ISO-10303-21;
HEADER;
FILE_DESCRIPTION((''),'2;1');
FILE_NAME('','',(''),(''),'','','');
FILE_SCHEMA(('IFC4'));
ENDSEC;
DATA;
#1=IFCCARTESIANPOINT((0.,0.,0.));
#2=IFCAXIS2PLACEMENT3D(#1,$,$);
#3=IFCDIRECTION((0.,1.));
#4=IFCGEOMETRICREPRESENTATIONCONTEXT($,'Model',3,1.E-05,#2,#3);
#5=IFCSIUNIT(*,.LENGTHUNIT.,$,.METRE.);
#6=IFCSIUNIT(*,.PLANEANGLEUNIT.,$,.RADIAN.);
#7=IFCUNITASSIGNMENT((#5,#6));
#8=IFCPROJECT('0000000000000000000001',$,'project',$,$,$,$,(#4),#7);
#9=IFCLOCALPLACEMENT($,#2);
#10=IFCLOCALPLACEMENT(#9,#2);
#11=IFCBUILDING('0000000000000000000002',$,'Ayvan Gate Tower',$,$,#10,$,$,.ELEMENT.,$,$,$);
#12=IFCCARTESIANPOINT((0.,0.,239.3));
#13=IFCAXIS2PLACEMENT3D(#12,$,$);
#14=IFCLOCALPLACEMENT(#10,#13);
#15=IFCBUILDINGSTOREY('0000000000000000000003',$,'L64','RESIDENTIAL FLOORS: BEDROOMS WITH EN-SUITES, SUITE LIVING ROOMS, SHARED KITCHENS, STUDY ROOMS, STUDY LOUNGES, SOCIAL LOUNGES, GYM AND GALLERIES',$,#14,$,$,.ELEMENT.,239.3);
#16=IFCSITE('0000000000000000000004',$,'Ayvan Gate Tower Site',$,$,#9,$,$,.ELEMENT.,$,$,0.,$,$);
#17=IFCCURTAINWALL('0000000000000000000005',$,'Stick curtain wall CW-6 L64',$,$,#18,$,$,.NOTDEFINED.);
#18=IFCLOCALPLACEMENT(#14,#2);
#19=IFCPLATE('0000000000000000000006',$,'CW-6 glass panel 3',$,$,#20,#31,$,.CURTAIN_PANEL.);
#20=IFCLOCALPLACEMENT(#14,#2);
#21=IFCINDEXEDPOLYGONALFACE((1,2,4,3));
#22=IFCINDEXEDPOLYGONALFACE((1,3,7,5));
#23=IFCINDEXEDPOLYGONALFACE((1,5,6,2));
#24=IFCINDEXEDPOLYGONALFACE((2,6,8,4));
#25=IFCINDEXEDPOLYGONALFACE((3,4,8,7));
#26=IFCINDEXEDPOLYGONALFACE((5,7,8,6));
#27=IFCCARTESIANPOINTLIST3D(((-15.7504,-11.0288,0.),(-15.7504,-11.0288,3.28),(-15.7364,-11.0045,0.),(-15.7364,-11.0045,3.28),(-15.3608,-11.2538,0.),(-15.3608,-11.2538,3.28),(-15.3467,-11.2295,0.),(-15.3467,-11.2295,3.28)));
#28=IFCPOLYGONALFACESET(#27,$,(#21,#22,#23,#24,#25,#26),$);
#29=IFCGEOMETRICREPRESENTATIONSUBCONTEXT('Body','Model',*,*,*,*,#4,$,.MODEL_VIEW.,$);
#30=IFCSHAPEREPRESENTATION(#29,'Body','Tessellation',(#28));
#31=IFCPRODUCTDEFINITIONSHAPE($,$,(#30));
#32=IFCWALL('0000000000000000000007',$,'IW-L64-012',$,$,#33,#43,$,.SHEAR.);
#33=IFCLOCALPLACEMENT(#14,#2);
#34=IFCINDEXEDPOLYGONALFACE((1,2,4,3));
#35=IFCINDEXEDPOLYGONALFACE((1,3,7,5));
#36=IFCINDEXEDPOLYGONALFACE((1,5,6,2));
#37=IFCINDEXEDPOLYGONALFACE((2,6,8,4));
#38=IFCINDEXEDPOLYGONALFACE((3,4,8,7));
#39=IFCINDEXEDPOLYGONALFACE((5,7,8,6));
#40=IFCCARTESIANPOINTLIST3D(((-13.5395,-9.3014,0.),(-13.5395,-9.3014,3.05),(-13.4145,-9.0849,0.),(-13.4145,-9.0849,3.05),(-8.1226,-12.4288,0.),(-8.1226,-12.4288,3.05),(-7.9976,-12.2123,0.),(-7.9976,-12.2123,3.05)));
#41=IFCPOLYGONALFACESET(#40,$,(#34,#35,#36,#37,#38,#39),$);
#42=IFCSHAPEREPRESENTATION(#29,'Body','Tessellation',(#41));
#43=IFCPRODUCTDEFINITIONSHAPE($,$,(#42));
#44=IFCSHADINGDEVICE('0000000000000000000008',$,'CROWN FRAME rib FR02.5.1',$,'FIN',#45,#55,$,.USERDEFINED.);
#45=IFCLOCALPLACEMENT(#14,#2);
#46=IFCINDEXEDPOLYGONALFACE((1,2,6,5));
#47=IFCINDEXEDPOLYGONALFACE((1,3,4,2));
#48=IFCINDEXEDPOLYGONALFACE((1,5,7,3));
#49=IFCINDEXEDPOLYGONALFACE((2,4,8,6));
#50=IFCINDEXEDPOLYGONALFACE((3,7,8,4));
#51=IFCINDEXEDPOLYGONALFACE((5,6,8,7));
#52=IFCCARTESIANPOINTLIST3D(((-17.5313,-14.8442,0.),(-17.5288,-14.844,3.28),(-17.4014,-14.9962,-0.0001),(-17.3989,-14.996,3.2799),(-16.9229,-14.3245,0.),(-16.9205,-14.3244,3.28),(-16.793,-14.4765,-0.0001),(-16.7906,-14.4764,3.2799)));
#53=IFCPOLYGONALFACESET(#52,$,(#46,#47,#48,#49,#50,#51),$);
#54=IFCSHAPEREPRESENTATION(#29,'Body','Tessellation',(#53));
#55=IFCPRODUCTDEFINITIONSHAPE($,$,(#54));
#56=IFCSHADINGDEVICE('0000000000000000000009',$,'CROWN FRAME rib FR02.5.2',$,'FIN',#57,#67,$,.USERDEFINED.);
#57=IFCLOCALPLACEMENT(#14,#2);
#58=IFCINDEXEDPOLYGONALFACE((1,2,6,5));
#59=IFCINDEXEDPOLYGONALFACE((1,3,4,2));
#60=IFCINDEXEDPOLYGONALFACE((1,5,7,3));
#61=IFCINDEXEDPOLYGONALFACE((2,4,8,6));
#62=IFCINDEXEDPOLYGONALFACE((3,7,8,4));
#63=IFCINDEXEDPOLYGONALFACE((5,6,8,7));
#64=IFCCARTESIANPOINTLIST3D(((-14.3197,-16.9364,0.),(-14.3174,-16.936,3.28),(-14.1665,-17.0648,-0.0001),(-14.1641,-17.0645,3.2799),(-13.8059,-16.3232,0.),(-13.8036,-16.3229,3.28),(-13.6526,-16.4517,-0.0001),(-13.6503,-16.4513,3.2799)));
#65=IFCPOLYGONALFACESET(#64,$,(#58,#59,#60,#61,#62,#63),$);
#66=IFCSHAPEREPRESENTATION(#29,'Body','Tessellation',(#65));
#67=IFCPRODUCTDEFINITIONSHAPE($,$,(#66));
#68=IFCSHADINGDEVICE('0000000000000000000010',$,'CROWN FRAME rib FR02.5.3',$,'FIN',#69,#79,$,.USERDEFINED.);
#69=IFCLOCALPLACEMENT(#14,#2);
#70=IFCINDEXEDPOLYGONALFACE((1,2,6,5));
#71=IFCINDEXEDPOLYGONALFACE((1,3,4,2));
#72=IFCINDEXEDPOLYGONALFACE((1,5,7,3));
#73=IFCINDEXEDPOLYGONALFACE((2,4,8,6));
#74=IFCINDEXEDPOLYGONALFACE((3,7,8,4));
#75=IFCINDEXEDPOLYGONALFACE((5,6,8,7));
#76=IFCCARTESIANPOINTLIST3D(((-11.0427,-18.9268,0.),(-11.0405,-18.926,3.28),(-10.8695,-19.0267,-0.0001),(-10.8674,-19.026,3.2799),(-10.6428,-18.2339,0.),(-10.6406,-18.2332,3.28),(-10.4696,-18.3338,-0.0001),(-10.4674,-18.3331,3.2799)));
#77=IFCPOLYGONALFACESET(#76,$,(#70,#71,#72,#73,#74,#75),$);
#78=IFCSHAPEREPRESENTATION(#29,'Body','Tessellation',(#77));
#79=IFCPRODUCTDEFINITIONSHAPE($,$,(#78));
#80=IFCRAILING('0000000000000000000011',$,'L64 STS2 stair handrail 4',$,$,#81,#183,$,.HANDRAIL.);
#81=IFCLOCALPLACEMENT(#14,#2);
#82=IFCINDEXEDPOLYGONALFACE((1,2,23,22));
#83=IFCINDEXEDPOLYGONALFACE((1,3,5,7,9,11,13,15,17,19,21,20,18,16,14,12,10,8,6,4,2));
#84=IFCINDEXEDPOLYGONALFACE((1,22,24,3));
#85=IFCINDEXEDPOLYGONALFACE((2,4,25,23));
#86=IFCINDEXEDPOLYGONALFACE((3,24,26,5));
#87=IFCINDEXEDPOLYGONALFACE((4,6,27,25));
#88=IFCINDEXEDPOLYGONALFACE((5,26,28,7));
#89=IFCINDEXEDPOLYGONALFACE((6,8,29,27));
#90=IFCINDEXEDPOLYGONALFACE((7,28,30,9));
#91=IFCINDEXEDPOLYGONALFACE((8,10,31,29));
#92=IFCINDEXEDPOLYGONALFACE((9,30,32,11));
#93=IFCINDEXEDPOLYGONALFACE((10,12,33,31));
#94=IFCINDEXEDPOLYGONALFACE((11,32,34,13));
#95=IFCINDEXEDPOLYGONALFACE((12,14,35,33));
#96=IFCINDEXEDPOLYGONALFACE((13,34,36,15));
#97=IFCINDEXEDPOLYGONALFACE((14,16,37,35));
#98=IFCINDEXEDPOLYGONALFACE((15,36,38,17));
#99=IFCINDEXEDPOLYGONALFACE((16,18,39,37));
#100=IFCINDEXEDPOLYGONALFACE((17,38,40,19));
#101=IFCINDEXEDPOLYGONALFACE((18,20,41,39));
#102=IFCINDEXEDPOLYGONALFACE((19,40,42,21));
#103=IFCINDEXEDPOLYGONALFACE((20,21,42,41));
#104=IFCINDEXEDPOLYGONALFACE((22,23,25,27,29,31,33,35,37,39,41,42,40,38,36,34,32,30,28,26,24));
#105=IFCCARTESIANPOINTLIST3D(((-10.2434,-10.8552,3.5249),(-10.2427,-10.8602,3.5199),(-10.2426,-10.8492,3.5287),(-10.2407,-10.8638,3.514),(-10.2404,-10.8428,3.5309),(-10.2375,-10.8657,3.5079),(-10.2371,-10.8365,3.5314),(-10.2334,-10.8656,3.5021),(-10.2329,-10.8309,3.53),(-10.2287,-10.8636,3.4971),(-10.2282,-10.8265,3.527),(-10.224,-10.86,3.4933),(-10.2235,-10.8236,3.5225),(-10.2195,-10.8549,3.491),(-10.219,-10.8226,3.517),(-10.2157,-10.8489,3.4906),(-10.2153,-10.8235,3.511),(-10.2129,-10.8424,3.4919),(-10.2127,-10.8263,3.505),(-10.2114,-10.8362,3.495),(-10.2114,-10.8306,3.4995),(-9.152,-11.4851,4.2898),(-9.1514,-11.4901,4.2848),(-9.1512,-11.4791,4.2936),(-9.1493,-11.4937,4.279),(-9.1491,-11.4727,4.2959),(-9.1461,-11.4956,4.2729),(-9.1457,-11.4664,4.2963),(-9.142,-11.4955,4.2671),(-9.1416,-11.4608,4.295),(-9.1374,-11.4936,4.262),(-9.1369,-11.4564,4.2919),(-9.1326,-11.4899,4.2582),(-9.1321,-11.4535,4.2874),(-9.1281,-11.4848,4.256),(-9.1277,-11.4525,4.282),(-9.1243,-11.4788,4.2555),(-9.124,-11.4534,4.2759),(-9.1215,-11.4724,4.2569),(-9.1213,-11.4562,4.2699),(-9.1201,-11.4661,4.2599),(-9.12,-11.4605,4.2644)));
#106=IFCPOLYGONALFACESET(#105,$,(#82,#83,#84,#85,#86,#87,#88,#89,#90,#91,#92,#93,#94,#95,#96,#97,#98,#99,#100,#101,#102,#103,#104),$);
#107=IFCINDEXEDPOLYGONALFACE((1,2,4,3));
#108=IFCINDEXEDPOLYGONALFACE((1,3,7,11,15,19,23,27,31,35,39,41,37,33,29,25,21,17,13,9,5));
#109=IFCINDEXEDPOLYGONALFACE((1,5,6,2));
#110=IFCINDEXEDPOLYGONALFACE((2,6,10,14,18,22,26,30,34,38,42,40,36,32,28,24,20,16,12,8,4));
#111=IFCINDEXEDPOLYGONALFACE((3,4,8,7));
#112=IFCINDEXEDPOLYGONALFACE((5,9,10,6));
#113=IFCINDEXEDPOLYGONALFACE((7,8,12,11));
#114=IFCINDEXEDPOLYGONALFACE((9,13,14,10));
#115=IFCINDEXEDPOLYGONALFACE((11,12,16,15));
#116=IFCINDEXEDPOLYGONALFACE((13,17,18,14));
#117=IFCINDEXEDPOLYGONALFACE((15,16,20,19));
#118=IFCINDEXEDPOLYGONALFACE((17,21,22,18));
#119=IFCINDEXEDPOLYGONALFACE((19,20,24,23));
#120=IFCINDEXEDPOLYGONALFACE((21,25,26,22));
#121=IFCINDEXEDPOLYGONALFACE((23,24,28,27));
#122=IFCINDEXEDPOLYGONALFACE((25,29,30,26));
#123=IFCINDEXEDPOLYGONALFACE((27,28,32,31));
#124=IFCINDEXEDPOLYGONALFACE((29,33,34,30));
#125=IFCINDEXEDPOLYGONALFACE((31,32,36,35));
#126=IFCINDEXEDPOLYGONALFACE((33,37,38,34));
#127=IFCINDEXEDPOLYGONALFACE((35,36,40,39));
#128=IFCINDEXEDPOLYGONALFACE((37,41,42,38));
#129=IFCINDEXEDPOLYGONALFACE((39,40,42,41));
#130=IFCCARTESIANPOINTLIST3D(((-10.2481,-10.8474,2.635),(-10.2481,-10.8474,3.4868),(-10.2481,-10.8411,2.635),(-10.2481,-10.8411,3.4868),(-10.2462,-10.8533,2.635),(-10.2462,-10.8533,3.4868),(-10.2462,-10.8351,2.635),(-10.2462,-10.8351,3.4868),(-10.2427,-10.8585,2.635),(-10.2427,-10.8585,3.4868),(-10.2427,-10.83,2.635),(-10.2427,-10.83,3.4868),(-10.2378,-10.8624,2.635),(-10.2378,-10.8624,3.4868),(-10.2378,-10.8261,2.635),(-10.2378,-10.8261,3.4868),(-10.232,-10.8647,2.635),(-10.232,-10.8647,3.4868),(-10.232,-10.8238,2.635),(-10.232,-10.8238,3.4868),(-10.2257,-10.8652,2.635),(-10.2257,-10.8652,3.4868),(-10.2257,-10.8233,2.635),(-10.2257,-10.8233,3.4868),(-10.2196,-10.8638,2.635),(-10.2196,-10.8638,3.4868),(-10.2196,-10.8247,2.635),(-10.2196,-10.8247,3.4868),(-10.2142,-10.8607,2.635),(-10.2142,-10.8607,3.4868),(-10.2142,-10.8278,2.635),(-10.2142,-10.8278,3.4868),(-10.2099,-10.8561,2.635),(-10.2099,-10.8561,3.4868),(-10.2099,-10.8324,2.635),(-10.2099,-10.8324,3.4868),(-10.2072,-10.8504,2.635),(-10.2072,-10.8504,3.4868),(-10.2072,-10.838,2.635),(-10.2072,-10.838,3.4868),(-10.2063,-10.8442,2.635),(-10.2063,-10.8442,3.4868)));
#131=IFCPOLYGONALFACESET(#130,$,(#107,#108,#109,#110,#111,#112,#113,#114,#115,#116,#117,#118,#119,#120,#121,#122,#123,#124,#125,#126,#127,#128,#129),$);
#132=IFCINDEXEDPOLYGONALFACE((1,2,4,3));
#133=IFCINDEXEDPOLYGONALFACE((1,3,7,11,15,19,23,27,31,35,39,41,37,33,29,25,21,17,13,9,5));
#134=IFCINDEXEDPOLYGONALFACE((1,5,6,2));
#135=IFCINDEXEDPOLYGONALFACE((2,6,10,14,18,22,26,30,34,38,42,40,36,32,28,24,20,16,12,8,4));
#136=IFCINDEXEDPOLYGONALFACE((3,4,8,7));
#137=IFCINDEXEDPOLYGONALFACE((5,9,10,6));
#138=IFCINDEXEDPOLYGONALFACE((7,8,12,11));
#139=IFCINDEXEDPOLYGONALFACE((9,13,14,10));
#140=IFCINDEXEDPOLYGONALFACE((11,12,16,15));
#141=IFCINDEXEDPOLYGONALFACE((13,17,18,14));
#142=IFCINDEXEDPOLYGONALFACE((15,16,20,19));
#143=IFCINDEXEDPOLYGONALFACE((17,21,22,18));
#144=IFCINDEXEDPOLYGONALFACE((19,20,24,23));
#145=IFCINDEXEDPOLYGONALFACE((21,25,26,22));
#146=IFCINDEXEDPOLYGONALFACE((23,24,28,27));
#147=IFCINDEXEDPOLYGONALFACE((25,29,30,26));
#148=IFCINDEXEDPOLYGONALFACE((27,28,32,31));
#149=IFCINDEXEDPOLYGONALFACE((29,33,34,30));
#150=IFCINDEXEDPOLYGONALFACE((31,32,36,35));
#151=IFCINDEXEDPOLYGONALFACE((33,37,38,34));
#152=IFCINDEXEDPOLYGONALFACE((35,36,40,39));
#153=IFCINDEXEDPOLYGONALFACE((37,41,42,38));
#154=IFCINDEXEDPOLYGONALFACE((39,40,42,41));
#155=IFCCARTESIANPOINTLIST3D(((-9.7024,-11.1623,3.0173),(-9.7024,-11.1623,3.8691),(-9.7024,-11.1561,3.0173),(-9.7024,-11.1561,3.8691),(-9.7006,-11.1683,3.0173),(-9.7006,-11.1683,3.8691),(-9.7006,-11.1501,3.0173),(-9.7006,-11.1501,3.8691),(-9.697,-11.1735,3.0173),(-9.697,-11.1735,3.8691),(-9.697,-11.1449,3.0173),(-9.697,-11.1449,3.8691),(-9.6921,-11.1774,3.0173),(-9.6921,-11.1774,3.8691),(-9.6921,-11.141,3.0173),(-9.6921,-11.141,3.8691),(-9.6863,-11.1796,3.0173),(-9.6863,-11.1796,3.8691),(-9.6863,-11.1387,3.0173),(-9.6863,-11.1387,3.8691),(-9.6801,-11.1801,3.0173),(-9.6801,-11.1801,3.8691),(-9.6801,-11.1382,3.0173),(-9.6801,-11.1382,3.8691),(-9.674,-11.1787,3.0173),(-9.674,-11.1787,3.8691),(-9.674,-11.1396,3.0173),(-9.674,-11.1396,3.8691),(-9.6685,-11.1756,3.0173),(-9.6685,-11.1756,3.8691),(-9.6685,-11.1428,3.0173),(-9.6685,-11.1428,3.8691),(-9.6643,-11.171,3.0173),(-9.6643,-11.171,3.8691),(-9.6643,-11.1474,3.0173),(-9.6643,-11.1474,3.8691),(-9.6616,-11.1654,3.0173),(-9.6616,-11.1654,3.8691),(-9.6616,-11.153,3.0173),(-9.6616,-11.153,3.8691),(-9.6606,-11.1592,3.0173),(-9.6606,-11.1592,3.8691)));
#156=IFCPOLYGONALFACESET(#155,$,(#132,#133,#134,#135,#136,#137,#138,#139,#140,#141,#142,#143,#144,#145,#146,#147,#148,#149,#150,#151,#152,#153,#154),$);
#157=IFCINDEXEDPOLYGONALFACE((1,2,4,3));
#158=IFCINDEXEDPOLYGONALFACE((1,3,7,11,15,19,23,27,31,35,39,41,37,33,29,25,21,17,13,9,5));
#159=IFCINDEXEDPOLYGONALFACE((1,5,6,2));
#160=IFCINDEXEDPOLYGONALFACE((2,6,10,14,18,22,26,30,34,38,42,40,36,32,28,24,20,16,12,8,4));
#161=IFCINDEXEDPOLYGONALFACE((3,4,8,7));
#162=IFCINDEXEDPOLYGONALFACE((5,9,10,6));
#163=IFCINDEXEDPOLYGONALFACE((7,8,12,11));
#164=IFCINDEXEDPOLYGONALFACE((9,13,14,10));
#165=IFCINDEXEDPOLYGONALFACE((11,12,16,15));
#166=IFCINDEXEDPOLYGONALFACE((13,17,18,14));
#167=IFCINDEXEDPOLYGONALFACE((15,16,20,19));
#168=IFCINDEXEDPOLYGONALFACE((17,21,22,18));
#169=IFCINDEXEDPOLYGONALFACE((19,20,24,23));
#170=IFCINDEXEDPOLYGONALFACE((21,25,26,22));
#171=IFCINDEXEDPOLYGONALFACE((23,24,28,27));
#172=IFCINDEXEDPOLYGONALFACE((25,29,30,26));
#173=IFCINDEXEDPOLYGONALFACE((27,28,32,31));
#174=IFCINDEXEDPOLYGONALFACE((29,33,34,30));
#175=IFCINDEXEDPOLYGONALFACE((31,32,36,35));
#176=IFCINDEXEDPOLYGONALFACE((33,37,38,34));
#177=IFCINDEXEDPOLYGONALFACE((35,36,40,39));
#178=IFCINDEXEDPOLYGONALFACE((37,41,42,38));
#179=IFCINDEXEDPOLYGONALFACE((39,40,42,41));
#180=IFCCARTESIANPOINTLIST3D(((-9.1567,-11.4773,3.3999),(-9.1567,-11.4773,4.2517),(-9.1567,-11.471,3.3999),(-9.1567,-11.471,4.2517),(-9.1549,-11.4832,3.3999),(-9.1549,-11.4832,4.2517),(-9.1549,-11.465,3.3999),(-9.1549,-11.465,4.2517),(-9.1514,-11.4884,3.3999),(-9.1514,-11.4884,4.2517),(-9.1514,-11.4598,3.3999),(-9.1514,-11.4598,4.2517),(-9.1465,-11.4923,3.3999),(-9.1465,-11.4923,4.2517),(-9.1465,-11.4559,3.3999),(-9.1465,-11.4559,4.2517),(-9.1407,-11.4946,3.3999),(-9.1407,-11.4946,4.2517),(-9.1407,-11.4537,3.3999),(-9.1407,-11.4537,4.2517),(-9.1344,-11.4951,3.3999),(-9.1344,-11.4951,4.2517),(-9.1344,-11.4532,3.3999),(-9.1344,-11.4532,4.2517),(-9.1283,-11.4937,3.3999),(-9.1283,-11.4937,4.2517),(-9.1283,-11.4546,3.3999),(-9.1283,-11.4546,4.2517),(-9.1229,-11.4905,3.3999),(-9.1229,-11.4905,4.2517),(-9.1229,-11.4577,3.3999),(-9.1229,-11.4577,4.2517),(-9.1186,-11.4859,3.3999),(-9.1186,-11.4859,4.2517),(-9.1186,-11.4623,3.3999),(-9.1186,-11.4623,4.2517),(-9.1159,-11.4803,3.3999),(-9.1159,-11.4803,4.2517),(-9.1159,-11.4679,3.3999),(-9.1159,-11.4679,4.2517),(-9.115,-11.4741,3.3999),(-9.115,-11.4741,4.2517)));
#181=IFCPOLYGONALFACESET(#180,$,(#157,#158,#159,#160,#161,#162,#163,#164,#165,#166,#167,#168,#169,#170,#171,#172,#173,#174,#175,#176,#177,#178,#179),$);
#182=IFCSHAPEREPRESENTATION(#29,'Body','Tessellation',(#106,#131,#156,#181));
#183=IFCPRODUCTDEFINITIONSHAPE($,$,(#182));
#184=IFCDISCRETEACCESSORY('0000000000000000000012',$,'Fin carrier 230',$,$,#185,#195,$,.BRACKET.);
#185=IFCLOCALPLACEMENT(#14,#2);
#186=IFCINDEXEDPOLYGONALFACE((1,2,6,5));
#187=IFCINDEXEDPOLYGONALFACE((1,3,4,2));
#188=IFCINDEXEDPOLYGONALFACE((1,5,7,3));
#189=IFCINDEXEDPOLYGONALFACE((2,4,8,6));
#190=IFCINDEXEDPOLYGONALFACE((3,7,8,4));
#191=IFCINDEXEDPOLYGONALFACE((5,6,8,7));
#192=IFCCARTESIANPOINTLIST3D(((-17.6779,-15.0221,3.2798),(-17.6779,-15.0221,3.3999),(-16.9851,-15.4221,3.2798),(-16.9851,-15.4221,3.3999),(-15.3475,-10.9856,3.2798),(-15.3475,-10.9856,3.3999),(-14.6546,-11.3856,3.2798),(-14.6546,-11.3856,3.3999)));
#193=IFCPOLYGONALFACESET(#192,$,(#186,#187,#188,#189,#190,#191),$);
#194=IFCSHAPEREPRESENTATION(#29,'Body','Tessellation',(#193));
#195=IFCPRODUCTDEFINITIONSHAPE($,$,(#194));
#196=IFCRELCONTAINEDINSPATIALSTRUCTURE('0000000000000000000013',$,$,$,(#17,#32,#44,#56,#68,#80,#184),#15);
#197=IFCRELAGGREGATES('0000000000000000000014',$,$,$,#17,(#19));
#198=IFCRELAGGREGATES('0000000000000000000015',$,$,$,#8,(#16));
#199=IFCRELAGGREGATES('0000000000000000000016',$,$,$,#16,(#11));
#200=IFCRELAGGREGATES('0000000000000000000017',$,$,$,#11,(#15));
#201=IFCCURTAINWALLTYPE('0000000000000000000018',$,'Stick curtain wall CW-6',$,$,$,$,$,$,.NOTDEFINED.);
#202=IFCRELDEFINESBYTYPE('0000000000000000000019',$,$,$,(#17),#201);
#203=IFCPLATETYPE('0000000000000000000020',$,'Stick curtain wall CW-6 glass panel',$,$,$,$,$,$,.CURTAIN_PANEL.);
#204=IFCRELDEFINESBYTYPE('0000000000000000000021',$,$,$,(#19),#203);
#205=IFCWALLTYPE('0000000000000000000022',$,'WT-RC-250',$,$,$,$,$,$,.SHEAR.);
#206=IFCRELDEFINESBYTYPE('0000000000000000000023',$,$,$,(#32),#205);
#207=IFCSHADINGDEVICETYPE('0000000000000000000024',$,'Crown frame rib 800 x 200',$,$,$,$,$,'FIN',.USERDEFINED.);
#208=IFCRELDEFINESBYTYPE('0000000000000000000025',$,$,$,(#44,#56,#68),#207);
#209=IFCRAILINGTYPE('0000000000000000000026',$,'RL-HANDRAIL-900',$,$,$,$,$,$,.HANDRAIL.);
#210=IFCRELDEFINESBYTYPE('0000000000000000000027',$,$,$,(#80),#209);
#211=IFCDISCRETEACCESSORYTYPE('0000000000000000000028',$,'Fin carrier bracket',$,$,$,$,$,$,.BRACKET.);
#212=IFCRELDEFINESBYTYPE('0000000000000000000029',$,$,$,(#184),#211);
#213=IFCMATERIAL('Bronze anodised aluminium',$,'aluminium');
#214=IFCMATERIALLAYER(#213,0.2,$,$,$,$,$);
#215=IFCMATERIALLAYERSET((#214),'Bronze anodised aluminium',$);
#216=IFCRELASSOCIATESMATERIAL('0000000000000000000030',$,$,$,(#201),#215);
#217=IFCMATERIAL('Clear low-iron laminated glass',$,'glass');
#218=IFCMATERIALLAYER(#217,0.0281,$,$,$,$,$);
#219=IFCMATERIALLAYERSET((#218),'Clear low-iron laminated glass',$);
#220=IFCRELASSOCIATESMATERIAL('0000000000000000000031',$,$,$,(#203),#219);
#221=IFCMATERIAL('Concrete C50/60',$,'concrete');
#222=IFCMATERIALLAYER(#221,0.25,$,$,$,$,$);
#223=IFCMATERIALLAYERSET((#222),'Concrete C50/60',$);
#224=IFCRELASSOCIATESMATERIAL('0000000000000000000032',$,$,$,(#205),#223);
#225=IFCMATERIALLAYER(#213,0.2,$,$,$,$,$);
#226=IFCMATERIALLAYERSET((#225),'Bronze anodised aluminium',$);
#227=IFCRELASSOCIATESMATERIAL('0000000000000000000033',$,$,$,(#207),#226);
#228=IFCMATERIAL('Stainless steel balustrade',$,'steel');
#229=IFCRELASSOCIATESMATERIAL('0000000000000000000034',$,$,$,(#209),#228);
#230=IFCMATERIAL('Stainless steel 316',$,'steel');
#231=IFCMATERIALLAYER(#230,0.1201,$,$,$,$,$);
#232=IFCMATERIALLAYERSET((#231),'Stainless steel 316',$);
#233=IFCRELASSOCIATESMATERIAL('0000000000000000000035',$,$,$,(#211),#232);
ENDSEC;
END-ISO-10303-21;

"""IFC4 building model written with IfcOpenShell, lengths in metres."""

from ifc_helpers import new_model, si_unit, direction, frame, frame_2d, origin, origin_2d, place, context, subcontext, project, spatial, polyline, rectangle, circle, outline, extrude, material, layer, layer_set, type_object, element, aggregate, save


model = new_model("IFC4")

# Units and contexts
model_context = context("Model", 3, precision=1e-05, world=origin(), true_north=direction((0.0, 1.0)))
body_context = subcontext(model_context, "Body", "Model", "MODEL_VIEW")
ifc_project = project(units=[si_unit("LENGTHUNIT", "METRE"), si_unit("PLANEANGLEUNIT", "RADIAN")], contexts=[model_context])

# Site, building, storey
site_placement = place(None, origin())
site = spatial("IfcSite", under=ifc_project, at=site_placement, Name="Ayvan Gate Tower Site", CompositionType="ELEMENT", RefElevation=0.0)
building_placement = place(site_placement, origin())
building = spatial("IfcBuilding", under=site, at=building_placement, Name="Ayvan Gate Tower", CompositionType="ELEMENT")
storey_placement = place(building_placement, frame((0.0, 0.0, 239.3)))
storey = spatial("IfcBuildingStorey", under=building, at=storey_placement, Name="L64", Description="RESIDENTIAL FLOORS: BEDROOMS WITH EN-SUITES, SUITE LIVING ROOMS, SHARED KITCHENS, STUDY ROOMS, STUDY LOUNGES, SOCIAL LOUNGES, GYM AND GALLERIES", CompositionType="ELEMENT", Elevation=239.3)

# Shared definitions
ifc_material_1 = material(Name="Concrete C50/60", Category="concrete")

# Curtain wall
ifc_material_2 = material(Name="Bronze anodised aluminium", Category="aluminium")
ifc_layer_1 = layer(ifc_material_2, 0.2)
ifc_layer_set_1 = layer_set([ifc_layer_1], Name="Bronze anodised aluminium")
curtain_wall_type_1 = type_object("IfcCurtainWallType", Name="Stick curtain wall CW-6", PredefinedType="NOTDEFINED", material=ifc_layer_set_1)
curtain_wall_1_placement = place(storey_placement, origin())
curtain_wall_1 = element("IfcCurtainWall", 1, at=curtain_wall_1_placement, inside=storey, type_object=curtain_wall_type_1, Name="Stick curtain wall CW-6 L64", PredefinedType="NOTDEFINED")

# Plate
ifc_material_3 = material(Name="Clear low-iron laminated glass", Category="glass")
ifc_layer_2 = layer(ifc_material_3, 0.0281)
ifc_layer_set_2 = layer_set([ifc_layer_2], Name="Clear low-iron laminated glass")
plate_type_1 = type_object("IfcPlateType", Name="Stick curtain wall CW-6 glass panel", PredefinedType="CURTAIN_PANEL", material=ifc_layer_set_2)
plate_1_placement = place(storey_placement, frame((-15.5486, -11.1292, 0.0), z_axis=(0.0, 0.0, 1.0), x_axis=(0.866025, -0.5, 0.0)))
plate_1 = element("IfcPlate", 2, at=plate_1_placement, type_object=plate_type_1, Name="CW-6 glass panel 3", PredefinedType="CURTAIN_PANEL", context=body_context, shape_type="SweptSolid", body=[
    extrude(rectangle(XDim=0.45, YDim=0.0281, at=origin_2d()), origin(), (0.0, 0.0, 1.0), 3.28),
])
aggregate(curtain_wall_1, [plate_1])

# Wall
ifc_layer_3 = layer(ifc_material_1, 0.25)
ifc_layer_set_3 = layer_set([ifc_layer_3], Name="Concrete C50/60")
wall_type = type_object("IfcWallType", Name="WT-RC-250", PredefinedType="SHEAR", material=ifc_layer_set_3)
wall_placement = place(storey_placement, frame((-8.0601, -12.3206, 0.0), z_axis=(0.0, 0.0, 1.0), x_axis=(-0.86603, 0.499993, 0.0)))
element("IfcWall", 3, at=wall_placement, inside=storey, type_object=wall_type, Name="IW-L64-012", PredefinedType="SHEAR", context=body_context, shape_type="SweptSolid", body=[
    extrude(rectangle(XDim=6.2549, YDim=0.25, at=frame_2d((3.1274, 0.0))), origin(), (0.0, 0.0, 1.0), 3.05),
])

# Shading devices
ifc_layer_4 = layer(ifc_material_2, 0.2)
ifc_layer_set_4 = layer_set([ifc_layer_4], Name="Bronze anodised aluminium")
shading_device_type = type_object("IfcShadingDeviceType", Name="Crown frame rib 800 x 200", ElementType="FIN", PredefinedType="USERDEFINED", material=ifc_layer_set_4)
shading_device_1_placement = place(storey_placement, frame((-16.9229, -14.3245, 0.0), z_axis=(-0.649471, 0.760386, 0.000455), x_axis=(-0.760386, -0.649471, 0.0)))
element("IfcShadingDevice", 4, at=shading_device_1_placement, inside=storey, type_object=shading_device_type, Name="CROWN FRAME rib FR02.5.1", ObjectType="FIN", PredefinedType="USERDEFINED", context=body_context, shape_type="SweptSolid", body=[
    extrude(outline(polyline([(0.0, 0.0), (0.8002, 0.0), (0.7982, 3.28), (-0.0019, 3.28), (0.0, 0.0)])), origin(), (0.0, 0.0, -1.0), 0.2),
])
shading_device_2_placement = place(storey_placement, frame((-13.8059, -16.3232, 0.0), z_axis=(-0.76648, 0.642268, 0.00047), x_axis=(-0.642268, -0.76648, 0.0)))
element("IfcShadingDevice", 5, at=shading_device_2_placement, inside=storey, type_object=shading_device_type, Name="CROWN FRAME rib FR02.5.2", ObjectType="FIN", PredefinedType="USERDEFINED", context=body_context, shape_type="SweptSolid", body=[
    extrude(outline(polyline([(0.0, 0.0), (0.8, 0.0), (0.7982, 3.28), (-0.0018, 3.28), (0.0, 0.0)])), origin(), (0.0, 0.0, -1.0), 0.2),
])
shading_device_3_placement = place(storey_placement, frame((-10.6428, -18.2339, 0.0), z_axis=(-0.866094, 0.499881, 0.000469), x_axis=(-0.499881, -0.866094, 0.0)))
element("IfcShadingDevice", 6, at=shading_device_3_placement, inside=storey, type_object=shading_device_type, Name="CROWN FRAME rib FR02.5.3", ObjectType="FIN", PredefinedType="USERDEFINED", context=body_context, shape_type="SweptSolid", body=[
    extrude(outline(polyline([(0.0, 0.0), (0.8, 0.0), (0.7983, 3.28), (-0.0017, 3.28), (0.0, 0.0)])), origin(), (0.0, 0.0, -1.0), 0.2),
])

# Railing
ifc_material_4 = material(Name="Stainless steel balustrade", Category="steel")
railing_type = type_object("IfcRailingType", Name="RL-HANDRAIL-900", PredefinedType="HANDRAIL", material=ifc_material_4)
railing_placement = place(storey_placement, frame((-10.2273, -10.8442, 2.635)))
element("IfcRailing", 7, at=railing_placement, inside=storey, type_object=railing_type, Name="L64 STS2 stair handrail 4", PredefinedType="HANDRAIL", context=body_context, shape_type="SweptSolid", body=[
    extrude(circle(Radius=0.0239, at=origin_2d()), frame((0.0, 0.0, 0.876), z_axis=(0.740357, -0.42732, 0.518912), x_axis=(0.49989, 0.866089, 0.0)), (0.0, 0.0, 1.0), 1.4741),
    extrude(circle(Radius=0.021, at=origin_2d()), origin(), (0.0, 0.0, 1.0), 0.8518),
    extrude(circle(Radius=0.021, at=origin_2d()), frame((0.5457, -0.3149, 0.3823)), (0.0, 0.0, 1.0), 0.8518),
    extrude(circle(Radius=0.021, at=origin_2d()), frame((1.0913, -0.6299, 0.7649)), (0.0, 0.0, 1.0), 0.8518),
])

# Discrete accessory
ifc_material_5 = material(Name="Stainless steel 316", Category="steel")
ifc_layer_5 = layer(ifc_material_5, 0.1201)
ifc_layer_set_5 = layer_set([ifc_layer_5], Name="Stainless steel 316")
discrete_accessory_type = type_object("IfcDiscreteAccessoryType", Name="Fin carrier bracket", PredefinedType="BRACKET", material=ifc_layer_set_5)
discrete_accessory_1_placement = place(storey_placement, frame((-16.1663, -13.2039, 3.2798), z_axis=(0.0, 0.0, 1.0), x_axis=(0.866025, -0.5, 0.0)))
element("IfcDiscreteAccessory", 8, at=discrete_accessory_1_placement, inside=storey, type_object=discrete_accessory_type, Name="Fin carrier 230", PredefinedType="BRACKET", context=body_context, shape_type="SweptSolid", body=[
    extrude(rectangle(XDim=0.8, YDim=4.6609, at=origin_2d()), origin(), (0.0, 0.0, 1.0), 0.1201),
])

save(model, "model.ifc")
